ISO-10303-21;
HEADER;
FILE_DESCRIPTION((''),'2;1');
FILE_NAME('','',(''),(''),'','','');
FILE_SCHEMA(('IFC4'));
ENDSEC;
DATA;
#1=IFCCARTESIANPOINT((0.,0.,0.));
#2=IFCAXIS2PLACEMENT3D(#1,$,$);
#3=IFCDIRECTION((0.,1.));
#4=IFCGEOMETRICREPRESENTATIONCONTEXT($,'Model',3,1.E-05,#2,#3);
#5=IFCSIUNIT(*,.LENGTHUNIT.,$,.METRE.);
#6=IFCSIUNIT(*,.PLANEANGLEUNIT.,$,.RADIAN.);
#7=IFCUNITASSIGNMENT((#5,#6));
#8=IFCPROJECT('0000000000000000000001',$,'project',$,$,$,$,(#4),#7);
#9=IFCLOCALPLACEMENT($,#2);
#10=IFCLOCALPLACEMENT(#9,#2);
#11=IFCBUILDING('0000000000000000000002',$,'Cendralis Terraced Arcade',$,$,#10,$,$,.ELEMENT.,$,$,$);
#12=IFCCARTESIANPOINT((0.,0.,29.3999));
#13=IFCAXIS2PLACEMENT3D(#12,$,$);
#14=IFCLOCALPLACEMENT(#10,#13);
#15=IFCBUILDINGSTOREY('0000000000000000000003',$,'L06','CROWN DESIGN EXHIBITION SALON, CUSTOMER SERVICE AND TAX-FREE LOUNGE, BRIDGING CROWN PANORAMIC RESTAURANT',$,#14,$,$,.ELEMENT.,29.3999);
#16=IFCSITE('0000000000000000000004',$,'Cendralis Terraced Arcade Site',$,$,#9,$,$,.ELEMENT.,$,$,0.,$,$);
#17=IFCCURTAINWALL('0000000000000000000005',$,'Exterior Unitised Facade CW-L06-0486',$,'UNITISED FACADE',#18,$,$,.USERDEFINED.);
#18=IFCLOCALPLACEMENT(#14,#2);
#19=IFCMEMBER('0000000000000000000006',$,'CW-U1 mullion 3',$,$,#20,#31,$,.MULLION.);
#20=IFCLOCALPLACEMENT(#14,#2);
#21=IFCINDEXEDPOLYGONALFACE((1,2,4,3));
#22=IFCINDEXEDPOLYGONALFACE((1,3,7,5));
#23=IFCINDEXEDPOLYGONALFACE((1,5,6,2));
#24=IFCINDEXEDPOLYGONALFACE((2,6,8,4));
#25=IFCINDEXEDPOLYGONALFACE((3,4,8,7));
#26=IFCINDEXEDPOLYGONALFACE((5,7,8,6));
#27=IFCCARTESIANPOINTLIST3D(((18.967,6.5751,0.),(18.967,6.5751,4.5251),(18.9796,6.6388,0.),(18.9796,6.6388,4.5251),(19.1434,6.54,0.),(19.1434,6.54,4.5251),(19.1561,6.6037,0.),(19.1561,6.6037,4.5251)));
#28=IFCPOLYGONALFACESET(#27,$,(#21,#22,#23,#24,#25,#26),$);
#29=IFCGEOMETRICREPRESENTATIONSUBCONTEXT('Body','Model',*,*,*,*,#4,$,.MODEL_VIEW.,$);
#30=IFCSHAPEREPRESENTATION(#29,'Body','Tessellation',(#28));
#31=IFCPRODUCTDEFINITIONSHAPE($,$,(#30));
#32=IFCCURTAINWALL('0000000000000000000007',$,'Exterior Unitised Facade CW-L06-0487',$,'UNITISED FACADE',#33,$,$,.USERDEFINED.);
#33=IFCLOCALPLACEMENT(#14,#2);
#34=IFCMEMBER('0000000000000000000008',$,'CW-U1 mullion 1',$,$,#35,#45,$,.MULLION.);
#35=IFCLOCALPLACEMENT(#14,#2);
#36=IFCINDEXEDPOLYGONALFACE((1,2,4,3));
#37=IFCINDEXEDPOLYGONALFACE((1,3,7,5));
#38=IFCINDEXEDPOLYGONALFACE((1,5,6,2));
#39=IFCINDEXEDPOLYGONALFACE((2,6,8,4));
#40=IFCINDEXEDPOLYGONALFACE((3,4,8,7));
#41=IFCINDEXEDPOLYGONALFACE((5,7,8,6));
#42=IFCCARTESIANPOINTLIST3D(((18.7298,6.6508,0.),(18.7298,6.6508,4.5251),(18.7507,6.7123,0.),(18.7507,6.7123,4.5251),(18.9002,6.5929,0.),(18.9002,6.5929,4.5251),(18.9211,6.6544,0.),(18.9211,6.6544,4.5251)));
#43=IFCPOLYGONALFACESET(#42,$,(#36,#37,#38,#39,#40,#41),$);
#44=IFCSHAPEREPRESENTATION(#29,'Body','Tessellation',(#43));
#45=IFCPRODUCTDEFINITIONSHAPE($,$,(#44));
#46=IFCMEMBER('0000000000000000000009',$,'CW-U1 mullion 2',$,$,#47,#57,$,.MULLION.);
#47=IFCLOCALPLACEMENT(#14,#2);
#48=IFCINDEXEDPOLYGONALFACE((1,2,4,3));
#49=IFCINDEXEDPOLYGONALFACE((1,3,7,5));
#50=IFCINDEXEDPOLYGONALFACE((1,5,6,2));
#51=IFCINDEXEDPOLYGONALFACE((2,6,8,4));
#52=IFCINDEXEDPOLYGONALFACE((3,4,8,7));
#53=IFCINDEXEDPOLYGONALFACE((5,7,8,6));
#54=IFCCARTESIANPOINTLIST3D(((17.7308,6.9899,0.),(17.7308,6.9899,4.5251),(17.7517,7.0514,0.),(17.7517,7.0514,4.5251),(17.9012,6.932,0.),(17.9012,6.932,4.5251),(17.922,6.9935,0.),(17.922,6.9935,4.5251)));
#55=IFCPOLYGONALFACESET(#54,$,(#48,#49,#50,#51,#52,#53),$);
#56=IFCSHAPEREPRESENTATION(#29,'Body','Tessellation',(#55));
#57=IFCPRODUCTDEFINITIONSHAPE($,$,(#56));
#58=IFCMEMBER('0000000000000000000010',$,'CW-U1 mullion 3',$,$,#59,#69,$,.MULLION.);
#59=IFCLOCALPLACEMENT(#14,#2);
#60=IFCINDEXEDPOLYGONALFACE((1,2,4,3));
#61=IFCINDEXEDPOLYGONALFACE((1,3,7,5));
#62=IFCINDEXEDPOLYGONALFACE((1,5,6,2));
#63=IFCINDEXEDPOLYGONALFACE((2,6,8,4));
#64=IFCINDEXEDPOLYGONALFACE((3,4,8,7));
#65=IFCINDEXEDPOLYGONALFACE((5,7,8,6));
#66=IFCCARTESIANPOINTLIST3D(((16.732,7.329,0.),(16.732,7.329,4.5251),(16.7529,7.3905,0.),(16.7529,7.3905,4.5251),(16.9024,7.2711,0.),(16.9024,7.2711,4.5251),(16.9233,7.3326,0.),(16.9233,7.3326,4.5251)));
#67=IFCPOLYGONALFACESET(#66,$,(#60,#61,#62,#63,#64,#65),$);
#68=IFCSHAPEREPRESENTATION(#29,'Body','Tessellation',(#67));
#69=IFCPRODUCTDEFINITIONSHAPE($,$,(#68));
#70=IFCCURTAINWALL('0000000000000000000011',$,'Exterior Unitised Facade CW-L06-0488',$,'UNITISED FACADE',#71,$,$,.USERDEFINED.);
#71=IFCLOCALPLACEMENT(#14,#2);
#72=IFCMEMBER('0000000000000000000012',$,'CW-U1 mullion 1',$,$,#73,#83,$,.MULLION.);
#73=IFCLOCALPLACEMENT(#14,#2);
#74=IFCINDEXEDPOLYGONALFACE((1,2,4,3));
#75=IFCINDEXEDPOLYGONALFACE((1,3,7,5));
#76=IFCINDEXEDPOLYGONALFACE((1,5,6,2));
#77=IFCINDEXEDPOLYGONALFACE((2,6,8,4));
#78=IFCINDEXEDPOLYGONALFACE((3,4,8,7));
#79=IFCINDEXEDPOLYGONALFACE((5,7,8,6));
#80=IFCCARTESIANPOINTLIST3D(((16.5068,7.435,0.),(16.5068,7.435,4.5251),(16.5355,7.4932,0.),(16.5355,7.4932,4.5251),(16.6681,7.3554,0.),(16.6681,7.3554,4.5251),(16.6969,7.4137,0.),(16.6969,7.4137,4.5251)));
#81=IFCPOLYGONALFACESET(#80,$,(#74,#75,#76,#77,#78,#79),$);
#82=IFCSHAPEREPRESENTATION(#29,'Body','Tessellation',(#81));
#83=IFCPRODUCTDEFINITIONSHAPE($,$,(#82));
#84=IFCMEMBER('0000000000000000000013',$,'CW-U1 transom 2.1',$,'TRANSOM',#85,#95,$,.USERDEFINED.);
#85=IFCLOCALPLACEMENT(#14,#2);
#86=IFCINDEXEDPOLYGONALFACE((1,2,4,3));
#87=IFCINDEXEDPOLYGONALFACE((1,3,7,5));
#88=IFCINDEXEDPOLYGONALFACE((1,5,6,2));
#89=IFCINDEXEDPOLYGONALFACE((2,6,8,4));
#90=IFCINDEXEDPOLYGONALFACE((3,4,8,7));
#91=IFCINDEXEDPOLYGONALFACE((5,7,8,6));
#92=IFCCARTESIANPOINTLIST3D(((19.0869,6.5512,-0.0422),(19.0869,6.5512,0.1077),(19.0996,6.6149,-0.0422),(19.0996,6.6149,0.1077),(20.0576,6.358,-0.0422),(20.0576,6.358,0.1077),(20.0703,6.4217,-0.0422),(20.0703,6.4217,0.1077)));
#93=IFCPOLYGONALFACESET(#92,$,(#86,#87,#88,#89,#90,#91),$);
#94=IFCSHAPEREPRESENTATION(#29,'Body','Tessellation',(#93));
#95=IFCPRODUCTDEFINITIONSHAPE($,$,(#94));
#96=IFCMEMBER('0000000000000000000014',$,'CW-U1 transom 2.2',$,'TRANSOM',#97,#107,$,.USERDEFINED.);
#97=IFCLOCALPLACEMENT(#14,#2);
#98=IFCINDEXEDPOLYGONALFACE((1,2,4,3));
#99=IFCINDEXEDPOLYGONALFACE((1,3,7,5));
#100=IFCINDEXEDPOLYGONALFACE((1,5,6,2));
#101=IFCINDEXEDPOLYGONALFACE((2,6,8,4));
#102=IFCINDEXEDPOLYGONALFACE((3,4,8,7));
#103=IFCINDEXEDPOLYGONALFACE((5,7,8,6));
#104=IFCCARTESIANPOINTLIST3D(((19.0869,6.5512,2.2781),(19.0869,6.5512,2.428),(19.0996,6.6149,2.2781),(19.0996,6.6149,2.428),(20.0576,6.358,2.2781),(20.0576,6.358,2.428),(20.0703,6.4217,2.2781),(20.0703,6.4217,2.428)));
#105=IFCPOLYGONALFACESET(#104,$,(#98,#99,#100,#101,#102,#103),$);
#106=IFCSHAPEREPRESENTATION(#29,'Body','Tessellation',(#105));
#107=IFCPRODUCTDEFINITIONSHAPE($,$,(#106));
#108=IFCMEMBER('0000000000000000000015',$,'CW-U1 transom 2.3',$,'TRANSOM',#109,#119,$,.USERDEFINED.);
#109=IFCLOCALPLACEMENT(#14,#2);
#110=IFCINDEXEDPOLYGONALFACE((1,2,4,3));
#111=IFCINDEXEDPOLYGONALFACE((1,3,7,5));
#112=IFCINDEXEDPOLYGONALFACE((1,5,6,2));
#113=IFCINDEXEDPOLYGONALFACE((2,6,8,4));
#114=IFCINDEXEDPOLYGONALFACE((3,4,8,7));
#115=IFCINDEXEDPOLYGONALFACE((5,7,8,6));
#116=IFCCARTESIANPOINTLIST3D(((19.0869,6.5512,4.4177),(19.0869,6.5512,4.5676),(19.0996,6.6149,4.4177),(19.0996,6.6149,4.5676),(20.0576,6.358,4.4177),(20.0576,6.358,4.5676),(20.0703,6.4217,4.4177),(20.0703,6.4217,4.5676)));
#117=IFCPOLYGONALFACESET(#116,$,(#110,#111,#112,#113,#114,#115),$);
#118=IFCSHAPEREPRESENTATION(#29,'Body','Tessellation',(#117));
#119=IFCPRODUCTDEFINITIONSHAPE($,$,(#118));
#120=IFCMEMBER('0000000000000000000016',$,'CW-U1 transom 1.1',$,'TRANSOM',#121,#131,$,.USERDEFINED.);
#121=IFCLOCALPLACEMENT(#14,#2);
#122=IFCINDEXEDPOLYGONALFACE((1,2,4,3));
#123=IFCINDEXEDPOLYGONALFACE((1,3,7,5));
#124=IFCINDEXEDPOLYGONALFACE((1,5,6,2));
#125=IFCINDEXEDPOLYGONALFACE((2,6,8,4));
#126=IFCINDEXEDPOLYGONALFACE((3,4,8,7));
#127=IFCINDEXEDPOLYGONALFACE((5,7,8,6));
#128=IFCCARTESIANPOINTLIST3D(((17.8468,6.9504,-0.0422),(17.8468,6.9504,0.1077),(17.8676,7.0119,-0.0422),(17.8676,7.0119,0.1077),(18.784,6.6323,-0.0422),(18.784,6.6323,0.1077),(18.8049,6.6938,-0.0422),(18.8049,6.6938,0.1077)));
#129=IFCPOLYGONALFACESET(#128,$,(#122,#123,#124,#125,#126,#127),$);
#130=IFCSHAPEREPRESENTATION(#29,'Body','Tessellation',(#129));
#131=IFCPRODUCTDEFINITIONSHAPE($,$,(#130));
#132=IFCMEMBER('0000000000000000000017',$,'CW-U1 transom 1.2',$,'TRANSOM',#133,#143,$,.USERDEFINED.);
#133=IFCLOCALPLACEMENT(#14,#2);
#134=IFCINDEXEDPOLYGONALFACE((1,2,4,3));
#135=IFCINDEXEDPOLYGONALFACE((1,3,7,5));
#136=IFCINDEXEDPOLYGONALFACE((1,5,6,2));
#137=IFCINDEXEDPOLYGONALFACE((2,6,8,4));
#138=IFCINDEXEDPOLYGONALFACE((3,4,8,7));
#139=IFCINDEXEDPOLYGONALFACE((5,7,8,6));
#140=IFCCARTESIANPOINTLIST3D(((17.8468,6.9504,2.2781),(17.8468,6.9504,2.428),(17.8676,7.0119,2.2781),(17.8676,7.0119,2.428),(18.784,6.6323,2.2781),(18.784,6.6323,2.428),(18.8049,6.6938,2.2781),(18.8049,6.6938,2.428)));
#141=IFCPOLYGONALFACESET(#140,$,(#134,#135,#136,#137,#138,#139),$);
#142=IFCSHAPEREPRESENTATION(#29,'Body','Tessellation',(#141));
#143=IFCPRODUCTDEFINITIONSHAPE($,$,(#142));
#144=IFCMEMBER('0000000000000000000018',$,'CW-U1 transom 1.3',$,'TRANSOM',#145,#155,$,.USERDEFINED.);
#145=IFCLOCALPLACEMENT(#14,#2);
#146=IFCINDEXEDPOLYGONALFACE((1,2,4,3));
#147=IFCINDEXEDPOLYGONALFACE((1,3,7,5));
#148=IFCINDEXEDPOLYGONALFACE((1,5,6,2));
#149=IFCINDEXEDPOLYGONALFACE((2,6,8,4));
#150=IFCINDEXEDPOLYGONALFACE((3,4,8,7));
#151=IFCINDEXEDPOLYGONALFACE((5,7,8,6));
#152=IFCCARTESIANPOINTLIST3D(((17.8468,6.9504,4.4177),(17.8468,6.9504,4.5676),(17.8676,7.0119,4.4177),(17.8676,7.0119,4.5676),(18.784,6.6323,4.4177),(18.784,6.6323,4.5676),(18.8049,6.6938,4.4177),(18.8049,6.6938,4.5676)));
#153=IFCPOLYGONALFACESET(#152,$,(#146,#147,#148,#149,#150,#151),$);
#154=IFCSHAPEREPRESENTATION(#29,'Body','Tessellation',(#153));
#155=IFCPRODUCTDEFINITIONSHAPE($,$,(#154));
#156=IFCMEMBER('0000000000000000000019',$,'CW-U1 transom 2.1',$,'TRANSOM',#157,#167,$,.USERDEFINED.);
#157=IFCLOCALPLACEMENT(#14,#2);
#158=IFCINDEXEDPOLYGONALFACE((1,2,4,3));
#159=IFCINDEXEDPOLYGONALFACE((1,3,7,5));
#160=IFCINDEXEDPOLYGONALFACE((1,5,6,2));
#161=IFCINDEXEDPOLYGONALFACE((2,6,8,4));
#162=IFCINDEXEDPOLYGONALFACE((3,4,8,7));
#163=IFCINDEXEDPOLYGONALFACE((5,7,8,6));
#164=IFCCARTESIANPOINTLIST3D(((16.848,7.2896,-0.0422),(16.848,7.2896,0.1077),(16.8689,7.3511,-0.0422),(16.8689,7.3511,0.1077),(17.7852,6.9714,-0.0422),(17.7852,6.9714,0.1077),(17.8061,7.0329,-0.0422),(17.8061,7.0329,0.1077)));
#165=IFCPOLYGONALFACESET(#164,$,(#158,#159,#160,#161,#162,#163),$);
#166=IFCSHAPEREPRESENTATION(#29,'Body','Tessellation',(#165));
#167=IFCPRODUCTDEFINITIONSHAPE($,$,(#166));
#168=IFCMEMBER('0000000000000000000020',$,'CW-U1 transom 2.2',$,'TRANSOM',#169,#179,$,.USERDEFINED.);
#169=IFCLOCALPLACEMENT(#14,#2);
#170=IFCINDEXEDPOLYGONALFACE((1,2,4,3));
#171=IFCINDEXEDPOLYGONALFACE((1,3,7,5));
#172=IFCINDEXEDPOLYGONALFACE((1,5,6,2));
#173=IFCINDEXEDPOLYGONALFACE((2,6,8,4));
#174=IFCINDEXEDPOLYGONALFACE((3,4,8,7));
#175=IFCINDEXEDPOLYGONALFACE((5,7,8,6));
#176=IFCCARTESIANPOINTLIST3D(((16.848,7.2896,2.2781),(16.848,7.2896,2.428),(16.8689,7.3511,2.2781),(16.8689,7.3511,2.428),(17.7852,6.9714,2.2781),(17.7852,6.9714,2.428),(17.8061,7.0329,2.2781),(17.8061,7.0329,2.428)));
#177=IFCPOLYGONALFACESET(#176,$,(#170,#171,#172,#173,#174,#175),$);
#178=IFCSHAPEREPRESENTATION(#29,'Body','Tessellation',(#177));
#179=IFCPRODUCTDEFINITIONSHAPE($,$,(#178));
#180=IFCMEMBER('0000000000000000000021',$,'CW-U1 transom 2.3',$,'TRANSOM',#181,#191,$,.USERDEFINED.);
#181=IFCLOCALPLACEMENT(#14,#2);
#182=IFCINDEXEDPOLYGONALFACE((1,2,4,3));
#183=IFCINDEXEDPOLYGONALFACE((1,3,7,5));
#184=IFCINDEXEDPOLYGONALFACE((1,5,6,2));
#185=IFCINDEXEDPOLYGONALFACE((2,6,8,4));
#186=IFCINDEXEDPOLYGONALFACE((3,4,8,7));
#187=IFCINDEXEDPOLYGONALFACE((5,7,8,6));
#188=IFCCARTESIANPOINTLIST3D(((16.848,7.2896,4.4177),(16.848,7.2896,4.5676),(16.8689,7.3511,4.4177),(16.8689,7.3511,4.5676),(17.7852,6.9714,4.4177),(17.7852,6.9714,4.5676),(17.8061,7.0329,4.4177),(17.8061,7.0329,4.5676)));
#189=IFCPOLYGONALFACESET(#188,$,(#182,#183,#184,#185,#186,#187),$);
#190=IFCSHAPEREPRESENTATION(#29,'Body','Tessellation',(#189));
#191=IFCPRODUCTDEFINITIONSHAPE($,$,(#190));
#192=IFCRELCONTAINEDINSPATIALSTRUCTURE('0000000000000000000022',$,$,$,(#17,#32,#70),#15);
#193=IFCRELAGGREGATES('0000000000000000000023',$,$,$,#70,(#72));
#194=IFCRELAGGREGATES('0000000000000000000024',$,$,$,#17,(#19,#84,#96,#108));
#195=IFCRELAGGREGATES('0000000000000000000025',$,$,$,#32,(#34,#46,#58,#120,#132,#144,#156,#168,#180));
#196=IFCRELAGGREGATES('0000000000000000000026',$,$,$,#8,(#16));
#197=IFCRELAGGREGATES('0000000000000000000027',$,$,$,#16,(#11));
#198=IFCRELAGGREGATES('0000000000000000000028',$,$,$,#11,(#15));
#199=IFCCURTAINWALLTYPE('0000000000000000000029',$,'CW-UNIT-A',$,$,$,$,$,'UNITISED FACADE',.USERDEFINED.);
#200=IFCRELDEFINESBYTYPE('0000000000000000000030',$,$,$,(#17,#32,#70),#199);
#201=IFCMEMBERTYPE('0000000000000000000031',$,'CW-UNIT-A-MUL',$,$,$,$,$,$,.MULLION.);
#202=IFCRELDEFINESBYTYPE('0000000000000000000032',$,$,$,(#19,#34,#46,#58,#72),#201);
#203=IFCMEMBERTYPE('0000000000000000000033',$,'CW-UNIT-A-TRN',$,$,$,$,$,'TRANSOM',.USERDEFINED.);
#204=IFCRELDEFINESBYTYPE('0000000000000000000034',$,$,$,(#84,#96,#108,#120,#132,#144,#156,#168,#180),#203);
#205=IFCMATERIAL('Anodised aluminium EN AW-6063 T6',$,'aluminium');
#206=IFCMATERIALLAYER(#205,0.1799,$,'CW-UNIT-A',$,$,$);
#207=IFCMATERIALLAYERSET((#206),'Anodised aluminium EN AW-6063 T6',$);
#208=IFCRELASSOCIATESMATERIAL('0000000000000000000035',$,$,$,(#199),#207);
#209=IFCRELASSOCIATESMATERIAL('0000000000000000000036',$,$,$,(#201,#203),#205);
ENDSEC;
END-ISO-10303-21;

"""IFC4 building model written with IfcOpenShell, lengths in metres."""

from ifc_helpers import new_model, si_unit, direction, frame, origin, origin_2d, place, context, subcontext, project, spatial, rectangle, extrude, material, layer, layer_set, material_profile, profile_set, type_object, element, aggregate, save


model = new_model("IFC4")

# Units and contexts
model_context = context("Model", 3, precision=1e-05, world=origin(), true_north=direction((0.0, 1.0)))
body_context = subcontext(model_context, "Body", "Model", "MODEL_VIEW")
ifc_project = project(units=[si_unit("LENGTHUNIT", "METRE"), si_unit("PLANEANGLEUNIT", "RADIAN")], contexts=[model_context])

# Site, building, storey
site_placement = place(None, origin())
site = spatial("IfcSite", under=ifc_project, at=site_placement, Name="Cendralis Terraced Arcade Site", CompositionType="ELEMENT", RefElevation=0.0)
building_placement = place(site_placement, origin())
building = spatial("IfcBuilding", under=site, at=building_placement, Name="Cendralis Terraced Arcade", CompositionType="ELEMENT")
storey_placement = place(building_placement, frame((0.0, 0.0, 29.3999)))
storey = spatial("IfcBuildingStorey", under=building, at=storey_placement, Name="L06", Description="CROWN DESIGN EXHIBITION SALON, CUSTOMER SERVICE AND TAX-FREE LOUNGE, BRIDGING CROWN PANORAMIC RESTAURANT", CompositionType="ELEMENT", Elevation=29.3999)

# Curtain wall, member
ifc_material_1 = material(Name="Anodised aluminium EN AW-6063 T6", Category="aluminium")
ifc_layer_1 = layer(ifc_material_1, 0.1799, Name="CW-UNIT-A")
ifc_layer_set_1 = layer_set([ifc_layer_1], Name="Anodised aluminium EN AW-6063 T6")
curtain_wall_type = type_object("IfcCurtainWallType", Name="CW-UNIT-A", ElementType="UNITISED FACADE", PredefinedType="USERDEFINED", material=ifc_layer_set_1)
curtain_wall_1_placement = place(storey_placement, origin())
curtain_wall_1 = element("IfcCurtainWall", 1, at=curtain_wall_1_placement, inside=storey, type_object=curtain_wall_type, Name="Exterior Unitised Facade CW-L06-0486", ObjectType="UNITISED FACADE", PredefinedType="USERDEFINED")
ifc_material_profile_1 = material_profile(ifc_material_1, rectangle(XDim=0.0649, YDim=0.1799, at=origin_2d()), Name="ALU-MUL-65x180")
ifc_profile_set_1 = profile_set([ifc_material_profile_1], Name="Anodised aluminium EN AW-6063 T6")
member_type_1 = type_object("IfcMemberType", Name="CW-UNIT-A-MUL", PredefinedType="MULLION", material=ifc_profile_set_1)
member_1_placement = place(storey_placement, frame((19.0615, 6.5894, 0.0), z_axis=(0.0, 0.0, 1.0), x_axis=(-0.195046, -0.980794, 0.0)))
member_1 = element("IfcMember", 2, at=member_1_placement, type_object=member_type_1, Name="CW-U1 mullion 3", PredefinedType="MULLION", context=body_context, shape_type="SweptSolid", body=[
    extrude(rectangle(XDim=0.0649, YDim=0.1799, at=origin_2d()), origin(), (0.0, 0.0, 1.0), 4.5251),
])

# Curtain wall, members
curtain_wall_2_placement = place(storey_placement, origin())
curtain_wall_2 = element("IfcCurtainWall", 3, at=curtain_wall_2_placement, inside=storey, type_object=curtain_wall_type, Name="Exterior Unitised Facade CW-L06-0487", ObjectType="UNITISED FACADE", PredefinedType="USERDEFINED")
member_2_placement = place(storey_placement, frame((18.8254, 6.6526, 0.0), z_axis=(0.0, 0.0, 1.0), x_axis=(-0.321479, -0.946917, 0.0)))
member_2 = element("IfcMember", 4, at=member_2_placement, type_object=member_type_1, Name="CW-U1 mullion 1", PredefinedType="MULLION", context=body_context, shape_type="SweptSolid", body=[
    extrude(rectangle(XDim=0.0649, YDim=0.1799, at=origin_2d()), origin(), (0.0, 0.0, 1.0), 4.5251),
])
member_3_placement = place(storey_placement, frame((17.8264, 6.9917, 0.0), z_axis=(0.0, 0.0, 1.0), x_axis=(-0.321479, -0.946917, 0.0)))
member_3 = element("IfcMember", 5, at=member_3_placement, type_object=member_type_1, Name="CW-U1 mullion 2", PredefinedType="MULLION", context=body_context, shape_type="SweptSolid", body=[
    extrude(rectangle(XDim=0.0649, YDim=0.1799, at=origin_2d()), origin(), (0.0, 0.0, 1.0), 4.5251),
])
member_4_placement = place(storey_placement, frame((16.8276, 7.3308, 0.0), z_axis=(0.0, 0.0, 1.0), x_axis=(-0.321479, -0.946917, 0.0)))
member_4 = element("IfcMember", 6, at=member_4_placement, type_object=member_type_1, Name="CW-U1 mullion 3", PredefinedType="MULLION", context=body_context, shape_type="SweptSolid", body=[
    extrude(rectangle(XDim=0.0649, YDim=0.1799, at=origin_2d()), origin(), (0.0, 0.0, 1.0), 4.5251),
])

# Curtain wall, member
curtain_wall_3_placement = place(storey_placement, origin())
curtain_wall_3 = element("IfcCurtainWall", 7, at=curtain_wall_3_placement, inside=storey, type_object=curtain_wall_type, Name="Exterior Unitised Facade CW-L06-0488", ObjectType="UNITISED FACADE", PredefinedType="USERDEFINED")
member_5_placement = place(storey_placement, frame((16.6018, 7.4243, 0.0), z_axis=(0.0, 0.0, 1.0), x_axis=(-0.442259, -0.896888, 0.0)))
member_5 = element("IfcMember", 8, at=member_5_placement, type_object=member_type_1, Name="CW-U1 mullion 1", PredefinedType="MULLION", context=body_context, shape_type="SweptSolid", body=[
    extrude(rectangle(XDim=0.0649, YDim=0.1799, at=origin_2d()), origin(), (0.0, 0.0, 1.0), 4.5251),
])

# Members
ifc_material_profile_2 = material_profile(ifc_material_1, rectangle(XDim=0.0649, YDim=0.1499, at=origin_2d()), Name="ALU-TRN-65x150")
ifc_profile_set_2 = profile_set([ifc_material_profile_2], Name="Anodised aluminium EN AW-6063 T6")
member_type_2 = type_object("IfcMemberType", Name="CW-UNIT-A-TRN", ElementType="TRANSOM", PredefinedType="USERDEFINED", material=ifc_profile_set_2)
member_6_placement = place(storey_placement, frame((20.064, 6.3899, 0.0327), z_axis=(-0.980779, 0.19512, 0.0), x_axis=(-0.19512, -0.980779, 0.0)))
member_6 = element("IfcMember", 9, at=member_6_placement, type_object=member_type_2, Name="CW-U1 transom 2.1", ObjectType="TRANSOM", PredefinedType="USERDEFINED", context=body_context, shape_type="SweptSolid", body=[
    extrude(rectangle(XDim=0.0649, YDim=0.1499, at=origin_2d()), origin(), (0.0, 0.0, 1.0), 0.9897),
])
member_7_placement = place(storey_placement, frame((20.064, 6.3899, 2.353), z_axis=(-0.980779, 0.19512, 0.0), x_axis=(-0.19512, -0.980779, 0.0)))
member_7 = element("IfcMember", 10, at=member_7_placement, type_object=member_type_2, Name="CW-U1 transom 2.2", ObjectType="TRANSOM", PredefinedType="USERDEFINED", context=body_context, shape_type="SweptSolid", body=[
    extrude(rectangle(XDim=0.0649, YDim=0.1499, at=origin_2d()), origin(), (0.0, 0.0, 1.0), 0.9897),
])
member_8_placement = place(storey_placement, frame((20.064, 6.3899, 4.4927), z_axis=(-0.980779, 0.19512, 0.0), x_axis=(-0.19512, -0.980779, 0.0)))
member_8 = element("IfcMember", 11, at=member_8_placement, type_object=member_type_2, Name="CW-U1 transom 2.3", ObjectType="TRANSOM", PredefinedType="USERDEFINED", context=body_context, shape_type="SweptSolid", body=[
    extrude(rectangle(XDim=0.0649, YDim=0.1499, at=origin_2d()), origin(), (0.0, 0.0, 1.0), 0.9897),
])
member_9_placement = place(storey_placement, frame((18.7944, 6.6631, 0.0327), z_axis=(-0.946943, 0.321403, 0.0), x_axis=(-0.321403, -0.946943, 0.0)))
member_9 = element("IfcMember", 12, at=member_9_placement, type_object=member_type_2, Name="CW-U1 transom 1.1", ObjectType="TRANSOM", PredefinedType="USERDEFINED", context=body_context, shape_type="SweptSolid", body=[
    extrude(rectangle(XDim=0.0649, YDim=0.1499, at=origin_2d()), origin(), (0.0, 0.0, 1.0), 0.9897),
])
member_10_placement = place(storey_placement, frame((18.7944, 6.6631, 2.353), z_axis=(-0.946943, 0.321403, 0.0), x_axis=(-0.321403, -0.946943, 0.0)))
member_10 = element("IfcMember", 13, at=member_10_placement, type_object=member_type_2, Name="CW-U1 transom 1.2", ObjectType="TRANSOM", PredefinedType="USERDEFINED", context=body_context, shape_type="SweptSolid", body=[
    extrude(rectangle(XDim=0.0649, YDim=0.1499, at=origin_2d()), origin(), (0.0, 0.0, 1.0), 0.9897),
])
member_11_placement = place(storey_placement, frame((18.7944, 6.6631, 4.4927), z_axis=(-0.946943, 0.321403, 0.0), x_axis=(-0.321403, -0.946943, 0.0)))
member_11 = element("IfcMember", 14, at=member_11_placement, type_object=member_type_2, Name="CW-U1 transom 1.3", ObjectType="TRANSOM", PredefinedType="USERDEFINED", context=body_context, shape_type="SweptSolid", body=[
    extrude(rectangle(XDim=0.0649, YDim=0.1499, at=origin_2d()), origin(), (0.0, 0.0, 1.0), 0.9897),
])
member_12_placement = place(storey_placement, frame((17.7957, 7.0022, 0.0327), z_axis=(-0.946943, 0.321403, 0.0), x_axis=(-0.321403, -0.946943, 0.0)))
member_12 = element("IfcMember", 15, at=member_12_placement, type_object=member_type_2, Name="CW-U1 transom 2.1", ObjectType="TRANSOM", PredefinedType="USERDEFINED", context=body_context, shape_type="SweptSolid", body=[
    extrude(rectangle(XDim=0.0649, YDim=0.1499, at=origin_2d()), origin(), (0.0, 0.0, 1.0), 0.9897),
])
member_13_placement = place(storey_placement, frame((17.7957, 7.0022, 2.353), z_axis=(-0.946943, 0.321403, 0.0), x_axis=(-0.321403, -0.946943, 0.0)))
member_13 = element("IfcMember", 16, at=member_13_placement, type_object=member_type_2, Name="CW-U1 transom 2.2", ObjectType="TRANSOM", PredefinedType="USERDEFINED", context=body_context, shape_type="SweptSolid", body=[
    extrude(rectangle(XDim=0.0649, YDim=0.1499, at=origin_2d()), origin(), (0.0, 0.0, 1.0), 0.9897),
])
member_14_placement = place(storey_placement, frame((17.7957, 7.0022, 4.4927), z_axis=(-0.946943, 0.321403, 0.0), x_axis=(-0.321403, -0.946943, 0.0)))
member_14 = element("IfcMember", 17, at=member_14_placement, type_object=member_type_2, Name="CW-U1 transom 2.3", ObjectType="TRANSOM", PredefinedType="USERDEFINED", context=body_context, shape_type="SweptSolid", body=[
    extrude(rectangle(XDim=0.0649, YDim=0.1499, at=origin_2d()), origin(), (0.0, 0.0, 1.0), 0.9897),
])
aggregate(curtain_wall_3, [member_5])

aggregate(curtain_wall_1, [member_1, member_6, member_7, member_8])
aggregate(curtain_wall_2, [member_2, member_3, member_4, member_9, member_10, member_11, member_12, member_13, member_14])

save(model, "model.ifc")
